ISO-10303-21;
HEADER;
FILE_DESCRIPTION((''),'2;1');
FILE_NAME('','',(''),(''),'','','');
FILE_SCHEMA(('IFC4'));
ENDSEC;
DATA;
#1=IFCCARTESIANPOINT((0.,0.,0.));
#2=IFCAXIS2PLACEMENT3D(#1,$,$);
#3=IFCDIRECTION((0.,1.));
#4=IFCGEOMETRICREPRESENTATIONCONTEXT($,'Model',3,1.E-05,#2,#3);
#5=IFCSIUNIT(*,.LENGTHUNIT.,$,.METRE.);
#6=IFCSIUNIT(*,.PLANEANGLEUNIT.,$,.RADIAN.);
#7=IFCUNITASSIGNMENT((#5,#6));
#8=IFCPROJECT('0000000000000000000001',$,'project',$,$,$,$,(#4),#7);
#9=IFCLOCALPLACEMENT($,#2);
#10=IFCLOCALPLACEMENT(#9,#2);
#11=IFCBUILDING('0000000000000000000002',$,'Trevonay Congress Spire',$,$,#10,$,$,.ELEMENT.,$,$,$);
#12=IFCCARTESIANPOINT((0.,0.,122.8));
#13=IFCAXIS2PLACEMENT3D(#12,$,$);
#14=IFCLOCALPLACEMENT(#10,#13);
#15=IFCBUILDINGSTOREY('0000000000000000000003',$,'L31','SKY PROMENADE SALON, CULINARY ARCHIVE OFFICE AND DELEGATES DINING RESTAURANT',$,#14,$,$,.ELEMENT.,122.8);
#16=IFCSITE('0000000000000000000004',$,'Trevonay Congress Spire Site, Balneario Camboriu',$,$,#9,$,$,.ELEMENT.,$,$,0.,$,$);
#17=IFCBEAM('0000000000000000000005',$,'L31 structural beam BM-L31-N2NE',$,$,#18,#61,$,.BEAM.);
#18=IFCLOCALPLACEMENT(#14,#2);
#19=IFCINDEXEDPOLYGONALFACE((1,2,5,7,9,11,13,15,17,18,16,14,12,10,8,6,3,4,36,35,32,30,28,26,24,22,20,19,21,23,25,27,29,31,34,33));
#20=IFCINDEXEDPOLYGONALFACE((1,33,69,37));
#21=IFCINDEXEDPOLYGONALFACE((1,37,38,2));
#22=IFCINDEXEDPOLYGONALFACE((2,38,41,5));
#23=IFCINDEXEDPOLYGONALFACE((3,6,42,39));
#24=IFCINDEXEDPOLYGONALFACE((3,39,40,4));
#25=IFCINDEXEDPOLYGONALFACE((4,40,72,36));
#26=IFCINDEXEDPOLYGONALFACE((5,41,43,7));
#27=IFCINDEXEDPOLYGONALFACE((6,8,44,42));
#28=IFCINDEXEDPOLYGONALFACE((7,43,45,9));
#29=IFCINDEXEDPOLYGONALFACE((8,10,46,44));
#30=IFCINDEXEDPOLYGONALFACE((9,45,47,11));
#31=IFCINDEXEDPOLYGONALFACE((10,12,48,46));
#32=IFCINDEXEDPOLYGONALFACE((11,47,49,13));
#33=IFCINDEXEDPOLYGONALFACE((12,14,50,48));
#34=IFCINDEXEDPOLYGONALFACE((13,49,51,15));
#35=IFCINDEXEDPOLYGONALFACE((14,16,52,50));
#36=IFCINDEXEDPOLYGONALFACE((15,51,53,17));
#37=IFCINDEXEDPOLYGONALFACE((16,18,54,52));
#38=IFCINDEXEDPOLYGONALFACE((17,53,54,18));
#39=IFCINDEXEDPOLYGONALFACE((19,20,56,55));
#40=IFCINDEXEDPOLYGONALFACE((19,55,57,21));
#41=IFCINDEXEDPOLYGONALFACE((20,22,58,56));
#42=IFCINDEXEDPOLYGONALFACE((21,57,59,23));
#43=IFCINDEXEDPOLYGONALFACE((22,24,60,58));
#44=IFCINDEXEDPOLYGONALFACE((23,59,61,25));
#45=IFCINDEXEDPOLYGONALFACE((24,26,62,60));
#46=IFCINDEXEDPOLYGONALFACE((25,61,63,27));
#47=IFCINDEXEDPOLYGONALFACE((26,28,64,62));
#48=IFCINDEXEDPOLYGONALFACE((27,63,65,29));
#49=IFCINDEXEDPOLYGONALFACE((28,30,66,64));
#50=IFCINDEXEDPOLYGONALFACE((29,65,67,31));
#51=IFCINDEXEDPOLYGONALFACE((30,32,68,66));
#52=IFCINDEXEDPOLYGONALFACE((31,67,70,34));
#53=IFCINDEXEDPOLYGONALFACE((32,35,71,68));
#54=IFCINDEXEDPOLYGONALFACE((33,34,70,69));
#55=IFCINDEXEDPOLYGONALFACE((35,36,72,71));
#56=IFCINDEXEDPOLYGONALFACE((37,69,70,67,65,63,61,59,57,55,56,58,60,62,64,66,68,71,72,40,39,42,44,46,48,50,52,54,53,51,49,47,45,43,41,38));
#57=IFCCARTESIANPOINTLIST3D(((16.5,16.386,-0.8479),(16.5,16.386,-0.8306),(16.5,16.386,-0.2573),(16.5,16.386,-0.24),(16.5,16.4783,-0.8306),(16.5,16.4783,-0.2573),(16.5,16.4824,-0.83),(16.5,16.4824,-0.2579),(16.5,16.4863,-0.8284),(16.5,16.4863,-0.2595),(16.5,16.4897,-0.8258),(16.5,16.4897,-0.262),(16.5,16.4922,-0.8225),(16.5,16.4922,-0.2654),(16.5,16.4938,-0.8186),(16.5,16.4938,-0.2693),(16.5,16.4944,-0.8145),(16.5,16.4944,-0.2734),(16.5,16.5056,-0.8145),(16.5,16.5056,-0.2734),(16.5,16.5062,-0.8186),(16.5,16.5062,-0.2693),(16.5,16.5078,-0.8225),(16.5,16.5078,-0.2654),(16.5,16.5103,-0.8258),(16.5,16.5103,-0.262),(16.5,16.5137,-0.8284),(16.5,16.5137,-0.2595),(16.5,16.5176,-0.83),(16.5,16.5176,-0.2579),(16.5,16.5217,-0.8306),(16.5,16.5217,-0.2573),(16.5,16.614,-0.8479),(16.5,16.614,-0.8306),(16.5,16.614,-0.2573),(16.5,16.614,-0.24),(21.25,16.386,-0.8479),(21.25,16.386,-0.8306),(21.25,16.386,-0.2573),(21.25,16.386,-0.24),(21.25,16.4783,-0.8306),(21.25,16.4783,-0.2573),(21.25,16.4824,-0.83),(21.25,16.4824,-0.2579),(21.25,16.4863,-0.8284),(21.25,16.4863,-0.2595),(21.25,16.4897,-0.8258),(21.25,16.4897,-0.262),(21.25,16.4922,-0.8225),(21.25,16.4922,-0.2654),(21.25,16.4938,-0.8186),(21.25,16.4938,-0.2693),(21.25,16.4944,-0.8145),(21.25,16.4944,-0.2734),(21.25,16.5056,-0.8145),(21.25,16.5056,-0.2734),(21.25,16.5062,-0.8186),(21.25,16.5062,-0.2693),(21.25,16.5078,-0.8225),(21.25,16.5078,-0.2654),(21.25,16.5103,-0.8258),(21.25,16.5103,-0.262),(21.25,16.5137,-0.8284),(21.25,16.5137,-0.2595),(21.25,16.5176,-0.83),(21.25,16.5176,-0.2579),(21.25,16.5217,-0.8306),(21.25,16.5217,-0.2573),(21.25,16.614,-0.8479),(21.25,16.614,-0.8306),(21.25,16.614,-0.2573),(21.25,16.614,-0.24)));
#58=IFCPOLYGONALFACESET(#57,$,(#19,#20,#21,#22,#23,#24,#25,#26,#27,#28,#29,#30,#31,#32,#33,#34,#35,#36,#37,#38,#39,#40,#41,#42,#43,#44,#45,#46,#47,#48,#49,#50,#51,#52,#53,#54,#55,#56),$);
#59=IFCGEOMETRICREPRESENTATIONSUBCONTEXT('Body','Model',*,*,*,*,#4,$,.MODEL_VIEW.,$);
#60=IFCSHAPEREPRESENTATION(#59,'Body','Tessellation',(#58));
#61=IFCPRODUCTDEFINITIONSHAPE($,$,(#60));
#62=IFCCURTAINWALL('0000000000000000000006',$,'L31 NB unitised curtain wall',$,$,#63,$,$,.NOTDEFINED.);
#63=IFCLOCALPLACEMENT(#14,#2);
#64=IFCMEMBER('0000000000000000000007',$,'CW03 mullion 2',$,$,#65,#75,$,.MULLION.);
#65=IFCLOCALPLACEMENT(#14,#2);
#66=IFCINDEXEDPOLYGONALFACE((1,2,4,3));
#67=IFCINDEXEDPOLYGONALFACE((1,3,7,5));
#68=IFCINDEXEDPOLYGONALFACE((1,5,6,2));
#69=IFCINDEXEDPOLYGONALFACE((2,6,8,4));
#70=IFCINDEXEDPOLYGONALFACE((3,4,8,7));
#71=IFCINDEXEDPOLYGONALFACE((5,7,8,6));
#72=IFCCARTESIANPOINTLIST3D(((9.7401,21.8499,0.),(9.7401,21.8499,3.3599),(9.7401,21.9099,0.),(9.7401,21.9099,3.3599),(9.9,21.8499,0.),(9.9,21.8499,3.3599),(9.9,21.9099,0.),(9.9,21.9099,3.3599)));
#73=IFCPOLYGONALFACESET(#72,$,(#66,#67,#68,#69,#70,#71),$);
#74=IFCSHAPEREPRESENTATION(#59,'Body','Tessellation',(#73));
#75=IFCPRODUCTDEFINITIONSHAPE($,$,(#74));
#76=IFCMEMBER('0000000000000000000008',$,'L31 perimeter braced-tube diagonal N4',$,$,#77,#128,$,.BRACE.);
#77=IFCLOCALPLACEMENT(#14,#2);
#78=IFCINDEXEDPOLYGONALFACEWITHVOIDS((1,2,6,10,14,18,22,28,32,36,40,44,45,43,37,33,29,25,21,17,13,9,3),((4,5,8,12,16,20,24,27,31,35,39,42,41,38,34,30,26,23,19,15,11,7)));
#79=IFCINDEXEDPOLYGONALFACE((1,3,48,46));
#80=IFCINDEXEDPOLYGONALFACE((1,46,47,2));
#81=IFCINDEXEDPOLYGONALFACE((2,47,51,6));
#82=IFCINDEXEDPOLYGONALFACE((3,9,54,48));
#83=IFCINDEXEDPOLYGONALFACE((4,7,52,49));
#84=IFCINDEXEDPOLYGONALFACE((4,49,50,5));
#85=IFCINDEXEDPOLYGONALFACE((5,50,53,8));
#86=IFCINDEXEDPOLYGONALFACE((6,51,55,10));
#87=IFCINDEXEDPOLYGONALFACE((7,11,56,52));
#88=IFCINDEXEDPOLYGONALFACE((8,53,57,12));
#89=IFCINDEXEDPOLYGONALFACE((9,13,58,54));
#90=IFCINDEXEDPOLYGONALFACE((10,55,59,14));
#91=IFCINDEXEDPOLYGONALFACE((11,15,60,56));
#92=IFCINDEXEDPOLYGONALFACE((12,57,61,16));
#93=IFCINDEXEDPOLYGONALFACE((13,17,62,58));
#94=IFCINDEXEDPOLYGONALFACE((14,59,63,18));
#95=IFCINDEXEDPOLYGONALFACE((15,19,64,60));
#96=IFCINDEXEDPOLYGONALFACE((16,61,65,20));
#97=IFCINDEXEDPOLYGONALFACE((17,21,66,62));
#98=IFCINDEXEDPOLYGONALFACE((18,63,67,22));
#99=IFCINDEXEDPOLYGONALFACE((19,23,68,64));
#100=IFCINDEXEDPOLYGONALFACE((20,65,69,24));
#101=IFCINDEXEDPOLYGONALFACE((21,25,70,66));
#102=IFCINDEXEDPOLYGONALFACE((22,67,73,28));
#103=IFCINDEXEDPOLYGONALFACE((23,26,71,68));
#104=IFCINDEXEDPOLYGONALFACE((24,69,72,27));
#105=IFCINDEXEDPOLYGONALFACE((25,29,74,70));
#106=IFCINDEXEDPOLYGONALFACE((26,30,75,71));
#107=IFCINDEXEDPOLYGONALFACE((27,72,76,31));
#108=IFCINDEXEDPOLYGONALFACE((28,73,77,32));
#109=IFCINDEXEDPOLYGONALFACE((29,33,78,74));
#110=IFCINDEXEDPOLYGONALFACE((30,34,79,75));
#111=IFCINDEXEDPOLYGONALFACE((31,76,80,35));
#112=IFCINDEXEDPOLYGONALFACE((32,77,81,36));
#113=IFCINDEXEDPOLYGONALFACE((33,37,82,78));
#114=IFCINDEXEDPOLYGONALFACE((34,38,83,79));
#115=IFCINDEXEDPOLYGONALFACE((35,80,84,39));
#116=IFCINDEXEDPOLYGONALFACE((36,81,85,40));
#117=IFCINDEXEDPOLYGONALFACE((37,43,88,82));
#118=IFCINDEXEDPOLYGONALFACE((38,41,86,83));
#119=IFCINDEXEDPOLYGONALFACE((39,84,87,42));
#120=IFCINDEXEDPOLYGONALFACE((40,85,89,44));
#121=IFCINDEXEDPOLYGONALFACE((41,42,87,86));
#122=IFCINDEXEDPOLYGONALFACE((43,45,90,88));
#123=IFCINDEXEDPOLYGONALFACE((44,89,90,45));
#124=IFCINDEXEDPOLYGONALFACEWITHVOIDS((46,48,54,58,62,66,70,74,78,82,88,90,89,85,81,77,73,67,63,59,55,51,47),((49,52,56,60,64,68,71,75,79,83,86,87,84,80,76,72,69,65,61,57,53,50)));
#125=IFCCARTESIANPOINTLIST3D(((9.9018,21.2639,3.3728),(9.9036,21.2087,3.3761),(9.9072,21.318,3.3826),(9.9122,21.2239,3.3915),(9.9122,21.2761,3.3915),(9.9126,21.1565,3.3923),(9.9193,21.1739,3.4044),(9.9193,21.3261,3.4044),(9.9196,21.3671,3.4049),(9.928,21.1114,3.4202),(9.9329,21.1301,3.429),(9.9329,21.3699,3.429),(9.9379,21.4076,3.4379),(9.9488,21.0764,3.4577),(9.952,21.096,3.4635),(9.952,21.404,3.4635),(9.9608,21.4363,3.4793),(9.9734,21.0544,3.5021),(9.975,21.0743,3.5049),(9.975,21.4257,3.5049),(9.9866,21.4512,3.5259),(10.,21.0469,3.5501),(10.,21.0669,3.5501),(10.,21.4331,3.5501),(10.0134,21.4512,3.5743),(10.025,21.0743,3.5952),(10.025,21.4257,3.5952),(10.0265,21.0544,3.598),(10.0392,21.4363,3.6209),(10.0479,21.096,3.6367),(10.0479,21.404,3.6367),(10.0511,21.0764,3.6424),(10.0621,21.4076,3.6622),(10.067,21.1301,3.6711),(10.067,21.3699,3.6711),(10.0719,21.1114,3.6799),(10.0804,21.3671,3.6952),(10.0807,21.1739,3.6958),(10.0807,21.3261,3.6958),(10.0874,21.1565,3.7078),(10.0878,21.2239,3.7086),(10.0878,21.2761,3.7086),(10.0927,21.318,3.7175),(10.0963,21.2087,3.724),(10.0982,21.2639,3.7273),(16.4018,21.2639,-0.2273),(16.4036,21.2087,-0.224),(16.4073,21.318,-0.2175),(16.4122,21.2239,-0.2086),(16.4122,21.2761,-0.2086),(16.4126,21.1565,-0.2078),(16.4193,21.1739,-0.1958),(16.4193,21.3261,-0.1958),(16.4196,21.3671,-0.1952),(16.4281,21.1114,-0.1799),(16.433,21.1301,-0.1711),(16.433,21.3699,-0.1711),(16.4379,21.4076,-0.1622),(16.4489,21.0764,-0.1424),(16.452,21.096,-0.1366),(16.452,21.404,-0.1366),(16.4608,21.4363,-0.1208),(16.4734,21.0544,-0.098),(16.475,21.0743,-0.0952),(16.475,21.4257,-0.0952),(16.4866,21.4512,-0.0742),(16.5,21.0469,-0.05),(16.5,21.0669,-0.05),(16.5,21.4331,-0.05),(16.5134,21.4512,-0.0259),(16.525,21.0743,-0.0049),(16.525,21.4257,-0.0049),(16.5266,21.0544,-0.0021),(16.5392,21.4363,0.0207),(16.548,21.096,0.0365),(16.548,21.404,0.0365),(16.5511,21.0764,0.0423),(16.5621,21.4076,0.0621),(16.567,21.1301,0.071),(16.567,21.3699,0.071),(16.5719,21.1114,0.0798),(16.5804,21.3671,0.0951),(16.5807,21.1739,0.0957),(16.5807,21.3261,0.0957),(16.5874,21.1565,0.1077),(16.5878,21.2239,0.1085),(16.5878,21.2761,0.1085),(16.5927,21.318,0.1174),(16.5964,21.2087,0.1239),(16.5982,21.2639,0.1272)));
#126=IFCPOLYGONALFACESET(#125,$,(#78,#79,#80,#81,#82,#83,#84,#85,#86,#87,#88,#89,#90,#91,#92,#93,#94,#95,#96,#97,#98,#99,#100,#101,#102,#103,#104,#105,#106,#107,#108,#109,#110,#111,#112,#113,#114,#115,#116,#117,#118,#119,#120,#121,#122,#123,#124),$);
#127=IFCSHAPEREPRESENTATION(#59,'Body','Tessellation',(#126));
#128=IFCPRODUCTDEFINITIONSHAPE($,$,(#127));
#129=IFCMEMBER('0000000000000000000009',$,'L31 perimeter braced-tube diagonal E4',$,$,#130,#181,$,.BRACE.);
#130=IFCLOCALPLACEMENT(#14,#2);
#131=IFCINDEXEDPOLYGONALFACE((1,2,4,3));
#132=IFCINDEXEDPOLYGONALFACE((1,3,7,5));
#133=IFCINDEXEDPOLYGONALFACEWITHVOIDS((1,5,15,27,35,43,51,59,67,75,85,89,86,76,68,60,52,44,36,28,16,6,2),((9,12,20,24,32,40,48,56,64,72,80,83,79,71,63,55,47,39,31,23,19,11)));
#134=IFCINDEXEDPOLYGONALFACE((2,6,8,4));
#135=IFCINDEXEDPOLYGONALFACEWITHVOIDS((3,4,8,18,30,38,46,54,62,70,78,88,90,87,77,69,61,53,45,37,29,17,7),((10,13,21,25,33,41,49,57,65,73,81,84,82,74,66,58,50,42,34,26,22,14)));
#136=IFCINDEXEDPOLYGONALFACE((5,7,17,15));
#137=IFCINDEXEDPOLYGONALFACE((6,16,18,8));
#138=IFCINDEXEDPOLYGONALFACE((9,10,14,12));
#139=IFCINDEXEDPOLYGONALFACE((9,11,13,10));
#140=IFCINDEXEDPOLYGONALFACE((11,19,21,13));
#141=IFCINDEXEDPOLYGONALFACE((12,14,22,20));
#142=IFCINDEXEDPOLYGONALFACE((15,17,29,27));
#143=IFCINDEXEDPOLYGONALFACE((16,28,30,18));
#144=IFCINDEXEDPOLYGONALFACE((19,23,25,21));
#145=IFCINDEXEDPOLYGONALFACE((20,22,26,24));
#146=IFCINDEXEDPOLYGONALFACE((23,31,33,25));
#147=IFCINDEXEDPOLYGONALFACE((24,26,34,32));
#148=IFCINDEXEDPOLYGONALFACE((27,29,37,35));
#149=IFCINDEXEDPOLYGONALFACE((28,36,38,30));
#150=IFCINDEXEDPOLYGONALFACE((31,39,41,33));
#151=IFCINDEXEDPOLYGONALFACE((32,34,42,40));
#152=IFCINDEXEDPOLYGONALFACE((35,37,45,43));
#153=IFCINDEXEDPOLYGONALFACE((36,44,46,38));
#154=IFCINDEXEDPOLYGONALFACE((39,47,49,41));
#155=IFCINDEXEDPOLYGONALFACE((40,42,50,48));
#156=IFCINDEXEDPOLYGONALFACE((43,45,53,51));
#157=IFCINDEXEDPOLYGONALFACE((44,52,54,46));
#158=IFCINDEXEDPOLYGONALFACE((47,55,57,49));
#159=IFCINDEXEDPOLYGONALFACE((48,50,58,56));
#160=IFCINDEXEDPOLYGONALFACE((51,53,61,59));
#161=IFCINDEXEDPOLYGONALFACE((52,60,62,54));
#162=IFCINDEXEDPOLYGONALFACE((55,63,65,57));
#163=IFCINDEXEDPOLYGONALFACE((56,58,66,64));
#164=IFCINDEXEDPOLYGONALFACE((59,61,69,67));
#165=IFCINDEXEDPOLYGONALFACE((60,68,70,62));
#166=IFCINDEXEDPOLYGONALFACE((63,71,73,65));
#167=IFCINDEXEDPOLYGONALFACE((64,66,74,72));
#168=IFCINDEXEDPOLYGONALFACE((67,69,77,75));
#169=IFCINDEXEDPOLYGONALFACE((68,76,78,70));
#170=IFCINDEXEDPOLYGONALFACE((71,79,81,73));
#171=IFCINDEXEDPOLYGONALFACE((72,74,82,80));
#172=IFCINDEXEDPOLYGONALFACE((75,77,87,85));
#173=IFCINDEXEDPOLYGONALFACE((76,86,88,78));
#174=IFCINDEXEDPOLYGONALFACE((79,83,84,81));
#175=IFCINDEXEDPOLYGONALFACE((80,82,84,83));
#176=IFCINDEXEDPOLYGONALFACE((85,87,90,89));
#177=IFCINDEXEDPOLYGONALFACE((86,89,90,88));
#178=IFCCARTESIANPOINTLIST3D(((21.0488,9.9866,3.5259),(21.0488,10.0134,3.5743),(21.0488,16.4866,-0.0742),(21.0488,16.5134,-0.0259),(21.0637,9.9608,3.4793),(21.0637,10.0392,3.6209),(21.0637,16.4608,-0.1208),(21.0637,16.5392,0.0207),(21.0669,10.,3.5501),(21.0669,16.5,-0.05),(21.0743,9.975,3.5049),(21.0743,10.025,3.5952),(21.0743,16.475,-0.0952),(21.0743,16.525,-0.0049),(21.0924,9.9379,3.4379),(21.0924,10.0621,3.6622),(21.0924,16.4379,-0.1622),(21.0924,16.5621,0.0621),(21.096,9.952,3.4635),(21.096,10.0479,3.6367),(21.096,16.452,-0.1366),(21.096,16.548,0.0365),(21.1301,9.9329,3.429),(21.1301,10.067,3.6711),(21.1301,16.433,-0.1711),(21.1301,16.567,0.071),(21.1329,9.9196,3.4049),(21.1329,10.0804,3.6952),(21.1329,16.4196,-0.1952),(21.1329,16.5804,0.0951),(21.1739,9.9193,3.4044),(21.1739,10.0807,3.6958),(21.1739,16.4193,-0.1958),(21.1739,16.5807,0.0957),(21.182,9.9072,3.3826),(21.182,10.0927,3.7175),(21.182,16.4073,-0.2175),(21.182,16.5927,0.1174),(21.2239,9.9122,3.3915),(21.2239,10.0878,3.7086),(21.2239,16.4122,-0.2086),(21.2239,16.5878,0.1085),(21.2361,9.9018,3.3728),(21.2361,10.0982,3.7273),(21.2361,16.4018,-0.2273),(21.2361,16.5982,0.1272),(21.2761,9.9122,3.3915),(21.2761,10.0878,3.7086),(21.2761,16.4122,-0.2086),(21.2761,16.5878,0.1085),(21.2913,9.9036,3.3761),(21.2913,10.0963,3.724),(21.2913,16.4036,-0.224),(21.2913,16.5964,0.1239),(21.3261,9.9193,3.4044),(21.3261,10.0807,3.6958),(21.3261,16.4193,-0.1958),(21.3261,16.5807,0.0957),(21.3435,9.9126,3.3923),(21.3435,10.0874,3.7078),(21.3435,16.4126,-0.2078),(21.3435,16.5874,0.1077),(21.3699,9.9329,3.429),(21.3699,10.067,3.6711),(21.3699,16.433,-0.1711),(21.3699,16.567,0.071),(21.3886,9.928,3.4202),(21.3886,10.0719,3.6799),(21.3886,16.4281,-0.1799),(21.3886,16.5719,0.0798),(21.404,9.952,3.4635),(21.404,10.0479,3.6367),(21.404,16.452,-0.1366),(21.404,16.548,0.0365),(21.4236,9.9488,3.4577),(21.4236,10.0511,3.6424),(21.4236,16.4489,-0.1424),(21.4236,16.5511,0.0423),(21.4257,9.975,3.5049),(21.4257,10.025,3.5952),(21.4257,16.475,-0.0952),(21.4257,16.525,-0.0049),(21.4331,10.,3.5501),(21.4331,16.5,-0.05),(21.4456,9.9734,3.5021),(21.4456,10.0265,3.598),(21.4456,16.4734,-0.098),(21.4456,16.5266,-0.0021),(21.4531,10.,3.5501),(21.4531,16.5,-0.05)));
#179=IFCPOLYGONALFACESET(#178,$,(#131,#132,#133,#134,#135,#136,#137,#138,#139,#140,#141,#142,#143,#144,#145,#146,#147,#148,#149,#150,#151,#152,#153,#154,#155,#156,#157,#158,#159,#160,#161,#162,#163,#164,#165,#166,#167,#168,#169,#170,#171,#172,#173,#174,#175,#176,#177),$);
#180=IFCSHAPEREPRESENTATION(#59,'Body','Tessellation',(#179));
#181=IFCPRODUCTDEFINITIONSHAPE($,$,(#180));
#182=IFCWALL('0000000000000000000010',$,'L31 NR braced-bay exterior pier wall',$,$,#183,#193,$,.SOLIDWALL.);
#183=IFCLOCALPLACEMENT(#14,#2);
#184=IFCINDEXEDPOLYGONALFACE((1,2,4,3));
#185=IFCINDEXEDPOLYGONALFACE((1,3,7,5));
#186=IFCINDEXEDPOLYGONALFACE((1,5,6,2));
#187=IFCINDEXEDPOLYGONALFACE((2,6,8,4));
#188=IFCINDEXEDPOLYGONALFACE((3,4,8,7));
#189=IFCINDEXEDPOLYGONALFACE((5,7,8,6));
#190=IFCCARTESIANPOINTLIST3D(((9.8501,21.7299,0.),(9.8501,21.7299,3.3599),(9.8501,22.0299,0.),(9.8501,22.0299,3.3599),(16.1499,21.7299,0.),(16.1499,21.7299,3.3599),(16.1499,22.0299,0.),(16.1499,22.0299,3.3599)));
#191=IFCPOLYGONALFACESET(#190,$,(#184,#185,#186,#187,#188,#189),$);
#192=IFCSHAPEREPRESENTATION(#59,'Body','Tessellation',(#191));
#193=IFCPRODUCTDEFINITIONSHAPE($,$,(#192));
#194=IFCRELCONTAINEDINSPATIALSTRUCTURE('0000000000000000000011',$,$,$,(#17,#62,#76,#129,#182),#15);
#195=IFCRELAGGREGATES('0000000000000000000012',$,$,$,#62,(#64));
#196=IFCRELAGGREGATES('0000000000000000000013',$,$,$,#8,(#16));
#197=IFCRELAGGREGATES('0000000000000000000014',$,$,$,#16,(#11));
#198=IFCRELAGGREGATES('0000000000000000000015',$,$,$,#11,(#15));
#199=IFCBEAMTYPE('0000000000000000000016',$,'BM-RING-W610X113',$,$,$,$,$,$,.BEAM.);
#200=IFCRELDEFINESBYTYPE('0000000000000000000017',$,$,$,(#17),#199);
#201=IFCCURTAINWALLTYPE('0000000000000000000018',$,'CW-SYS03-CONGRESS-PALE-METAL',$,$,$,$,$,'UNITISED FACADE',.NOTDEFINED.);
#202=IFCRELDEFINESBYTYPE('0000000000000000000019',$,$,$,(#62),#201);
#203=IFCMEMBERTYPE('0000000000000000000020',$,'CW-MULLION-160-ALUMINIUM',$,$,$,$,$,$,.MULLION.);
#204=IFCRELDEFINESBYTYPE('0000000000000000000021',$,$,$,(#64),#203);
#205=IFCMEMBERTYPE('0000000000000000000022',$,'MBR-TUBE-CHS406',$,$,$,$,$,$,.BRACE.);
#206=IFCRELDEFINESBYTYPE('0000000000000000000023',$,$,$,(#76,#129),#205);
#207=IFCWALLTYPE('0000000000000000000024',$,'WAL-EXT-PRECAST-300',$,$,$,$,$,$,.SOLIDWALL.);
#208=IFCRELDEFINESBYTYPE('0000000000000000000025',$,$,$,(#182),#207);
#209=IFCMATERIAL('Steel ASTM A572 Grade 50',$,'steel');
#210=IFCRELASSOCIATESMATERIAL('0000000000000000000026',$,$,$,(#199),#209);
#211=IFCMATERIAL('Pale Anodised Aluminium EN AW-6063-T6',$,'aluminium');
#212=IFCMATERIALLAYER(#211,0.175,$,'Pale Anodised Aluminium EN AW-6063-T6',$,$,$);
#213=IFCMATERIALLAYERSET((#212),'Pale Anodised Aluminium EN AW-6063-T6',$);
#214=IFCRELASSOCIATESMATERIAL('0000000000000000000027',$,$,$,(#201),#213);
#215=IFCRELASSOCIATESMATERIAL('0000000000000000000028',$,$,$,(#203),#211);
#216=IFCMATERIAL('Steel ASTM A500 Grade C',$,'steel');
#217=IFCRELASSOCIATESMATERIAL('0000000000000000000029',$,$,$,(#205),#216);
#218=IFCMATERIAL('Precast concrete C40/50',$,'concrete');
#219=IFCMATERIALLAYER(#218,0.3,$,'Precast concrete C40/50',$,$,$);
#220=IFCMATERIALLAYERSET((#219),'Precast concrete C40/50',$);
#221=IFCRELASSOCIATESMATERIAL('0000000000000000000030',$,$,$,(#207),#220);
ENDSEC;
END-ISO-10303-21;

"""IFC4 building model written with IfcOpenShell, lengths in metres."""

from ifc_helpers import new_model, si_unit, direction, frame, frame_2d, origin, origin_2d, place, context, subcontext, project, spatial, rectangle, hollow_circle, i_section, extrude, material, layer, layer_set, material_profile, profile_set, type_object, element, aggregate, save


model = new_model("IFC4")

# Units and contexts
model_context = context("Model", 3, precision=1e-05, world=origin(), true_north=direction((0.0, 1.0)))
body_context = subcontext(model_context, "Body", "Model", "MODEL_VIEW")
ifc_project = project(units=[si_unit("LENGTHUNIT", "METRE"), si_unit("PLANEANGLEUNIT", "RADIAN")], contexts=[model_context])

# Site, building, storey
site_placement = place(None, origin())
site = spatial("IfcSite", under=ifc_project, at=site_placement, Name="Trevonay Congress Spire Site, Balneario Camboriu", CompositionType="ELEMENT", RefElevation=0.0)
building_placement = place(site_placement, origin())
building = spatial("IfcBuilding", under=site, at=building_placement, Name="Trevonay Congress Spire", CompositionType="ELEMENT")
storey_placement = place(building_placement, frame((0.0, 0.0, 122.8)))
storey = spatial("IfcBuildingStorey", under=building, at=storey_placement, Name="L31", Description="SKY PROMENADE SALON, CULINARY ARCHIVE OFFICE AND DELEGATES DINING RESTAURANT", CompositionType="ELEMENT", Elevation=122.8)

# Shared definitions
ifc_material_1 = material(Name="Steel ASTM A572 Grade 50", Category="steel")

# Beam
ifc_material_profile_1 = material_profile(ifc_material_1, i_section(OverallWidth=0.228, OverallDepth=0.6079, WebThickness=0.0112, FlangeThickness=0.0173, FilletRadius=0.0161, at=origin_2d()), Name="W610x113")
ifc_profile_set_1 = profile_set([ifc_material_profile_1], Name="Steel ASTM A572 Grade 50")
beam_type = type_object("IfcBeamType", Name="BM-RING-W610X113", PredefinedType="BEAM", material=ifc_profile_set_1)
for number, where, z_axis, x_axis, name in (
    (1, (21.25, 16.5, -0.5439), (-1.0, 0.0, 0.0), (0.0, -1.0, 0.0), "L31 structural beam BM-L31-N2NE"),
):
    element("IfcBeam", number, at=place(storey_placement, frame(where, z_axis=z_axis, x_axis=x_axis)), inside=storey, type_object=beam_type, Name=name, PredefinedType="BEAM", context=body_context, shape_type="SweptSolid", body=[
        extrude(i_section(OverallWidth=0.228, OverallDepth=0.6079, WebThickness=0.0112, FlangeThickness=0.0173, FilletRadius=0.0161, at=origin_2d()), origin(), (0.0, 0.0, 1.0), 4.75),
    ])

# Curtain wall, member
ifc_material_2 = material(Name="Pale Anodised Aluminium EN AW-6063-T6", Category="aluminium")
ifc_layer_1 = layer(ifc_material_2, 0.175, Name="Pale Anodised Aluminium EN AW-6063-T6")
ifc_layer_set_1 = layer_set([ifc_layer_1], Name="Pale Anodised Aluminium EN AW-6063-T6")
curtain_wall_type = type_object("IfcCurtainWallType", Name="CW-SYS03-CONGRESS-PALE-METAL", ElementType="UNITISED FACADE", PredefinedType="NOTDEFINED", material=ifc_layer_set_1)
curtain_wall_placement = place(storey_placement, origin())
curtain_wall = element("IfcCurtainWall", 2, at=curtain_wall_placement, inside=storey, type_object=curtain_wall_type, Name="L31 NB unitised curtain wall", PredefinedType="NOTDEFINED")
ifc_material_profile_2 = material_profile(ifc_material_2, rectangle(XDim=0.0601, YDim=0.1599, at=origin_2d()), Name="CW-MULLION-160-ALUMINIUM")
ifc_profile_set_2 = profile_set([ifc_material_profile_2], Name="Pale Anodised Aluminium EN AW-6063-T6")
member_type_1 = type_object("IfcMemberType", Name="CW-MULLION-160-ALUMINIUM", PredefinedType="MULLION", material=ifc_profile_set_2)
member_placement = place(storey_placement, frame((9.8201, 21.8799, 0.0), z_axis=(0.0, 0.0, 1.0), x_axis=(0.0, 1.0, 0.0)))
member = element("IfcMember", 3, at=member_placement, type_object=member_type_1, Name="CW03 mullion 2", PredefinedType="MULLION", context=body_context, shape_type="SweptSolid", body=[
    extrude(rectangle(XDim=0.0601, YDim=0.1599, at=origin_2d()), origin(), (0.0, 0.0, 1.0), 3.3599),
])
aggregate(curtain_wall, [member])

# Members
ifc_material_3 = material(Name="Steel ASTM A500 Grade C", Category="steel")
ifc_material_profile_3 = material_profile(ifc_material_3, hollow_circle(Radius=0.2031, WallThickness=0.02, at=origin_2d()), Name="CHS 406.4x20")
ifc_profile_set_3 = profile_set([ifc_material_profile_3], Name="Steel ASTM A500 Grade C")
member_type_2 = type_object("IfcMemberType", Name="MBR-TUBE-CHS406", PredefinedType="BRACE", material=ifc_profile_set_3)
for number, where, z_axis, x_axis, name in (
    (4, (16.5, 21.25, -0.05), (-0.874786, 0.0, 0.48451), (0.0, -1.0, 0.0), "L31 perimeter braced-tube diagonal N4"),
    (5, (21.25, 16.5, -0.05), (0.0, -0.874786, 0.48451), (1.0, 0.0, 0.0), "L31 perimeter braced-tube diagonal E4"),
):
    element("IfcMember", number, at=place(storey_placement, frame(where, z_axis=z_axis, x_axis=x_axis)), inside=storey, type_object=member_type_2, Name=name, PredefinedType="BRACE", context=body_context, shape_type="SweptSolid", body=[
        extrude(hollow_circle(Radius=0.2031, WallThickness=0.02, at=origin_2d()), origin(), (0.0, 0.0, 1.0), 7.4304),
    ])

# Wall
ifc_material_4 = material(Name="Precast concrete C40/50", Category="concrete")
ifc_layer_2 = layer(ifc_material_4, 0.3, Name="Precast concrete C40/50")
ifc_layer_set_2 = layer_set([ifc_layer_2], Name="Precast concrete C40/50")
wall_type_1 = type_object("IfcWallType", Name="WAL-EXT-PRECAST-300", PredefinedType="SOLIDWALL", material=ifc_layer_set_2)
wall_1_placement = place(storey_placement, frame((9.8501, 21.8799, 0.0), z_axis=(0.0, 0.0, 1.0), x_axis=(1.0, 0.0, 0.0)))
element("IfcWall", 6, at=wall_1_placement, inside=storey, type_object=wall_type_1, Name="L31 NR braced-bay exterior pier wall", PredefinedType="SOLIDWALL", context=body_context, shape_type="SweptSolid", body=[
    extrude(rectangle(XDim=6.2998, YDim=0.3, at=frame_2d((3.1499, 0.0))), origin(), (0.0, 0.0, 1.0), 3.3599),
])

save(model, "model.ifc")
